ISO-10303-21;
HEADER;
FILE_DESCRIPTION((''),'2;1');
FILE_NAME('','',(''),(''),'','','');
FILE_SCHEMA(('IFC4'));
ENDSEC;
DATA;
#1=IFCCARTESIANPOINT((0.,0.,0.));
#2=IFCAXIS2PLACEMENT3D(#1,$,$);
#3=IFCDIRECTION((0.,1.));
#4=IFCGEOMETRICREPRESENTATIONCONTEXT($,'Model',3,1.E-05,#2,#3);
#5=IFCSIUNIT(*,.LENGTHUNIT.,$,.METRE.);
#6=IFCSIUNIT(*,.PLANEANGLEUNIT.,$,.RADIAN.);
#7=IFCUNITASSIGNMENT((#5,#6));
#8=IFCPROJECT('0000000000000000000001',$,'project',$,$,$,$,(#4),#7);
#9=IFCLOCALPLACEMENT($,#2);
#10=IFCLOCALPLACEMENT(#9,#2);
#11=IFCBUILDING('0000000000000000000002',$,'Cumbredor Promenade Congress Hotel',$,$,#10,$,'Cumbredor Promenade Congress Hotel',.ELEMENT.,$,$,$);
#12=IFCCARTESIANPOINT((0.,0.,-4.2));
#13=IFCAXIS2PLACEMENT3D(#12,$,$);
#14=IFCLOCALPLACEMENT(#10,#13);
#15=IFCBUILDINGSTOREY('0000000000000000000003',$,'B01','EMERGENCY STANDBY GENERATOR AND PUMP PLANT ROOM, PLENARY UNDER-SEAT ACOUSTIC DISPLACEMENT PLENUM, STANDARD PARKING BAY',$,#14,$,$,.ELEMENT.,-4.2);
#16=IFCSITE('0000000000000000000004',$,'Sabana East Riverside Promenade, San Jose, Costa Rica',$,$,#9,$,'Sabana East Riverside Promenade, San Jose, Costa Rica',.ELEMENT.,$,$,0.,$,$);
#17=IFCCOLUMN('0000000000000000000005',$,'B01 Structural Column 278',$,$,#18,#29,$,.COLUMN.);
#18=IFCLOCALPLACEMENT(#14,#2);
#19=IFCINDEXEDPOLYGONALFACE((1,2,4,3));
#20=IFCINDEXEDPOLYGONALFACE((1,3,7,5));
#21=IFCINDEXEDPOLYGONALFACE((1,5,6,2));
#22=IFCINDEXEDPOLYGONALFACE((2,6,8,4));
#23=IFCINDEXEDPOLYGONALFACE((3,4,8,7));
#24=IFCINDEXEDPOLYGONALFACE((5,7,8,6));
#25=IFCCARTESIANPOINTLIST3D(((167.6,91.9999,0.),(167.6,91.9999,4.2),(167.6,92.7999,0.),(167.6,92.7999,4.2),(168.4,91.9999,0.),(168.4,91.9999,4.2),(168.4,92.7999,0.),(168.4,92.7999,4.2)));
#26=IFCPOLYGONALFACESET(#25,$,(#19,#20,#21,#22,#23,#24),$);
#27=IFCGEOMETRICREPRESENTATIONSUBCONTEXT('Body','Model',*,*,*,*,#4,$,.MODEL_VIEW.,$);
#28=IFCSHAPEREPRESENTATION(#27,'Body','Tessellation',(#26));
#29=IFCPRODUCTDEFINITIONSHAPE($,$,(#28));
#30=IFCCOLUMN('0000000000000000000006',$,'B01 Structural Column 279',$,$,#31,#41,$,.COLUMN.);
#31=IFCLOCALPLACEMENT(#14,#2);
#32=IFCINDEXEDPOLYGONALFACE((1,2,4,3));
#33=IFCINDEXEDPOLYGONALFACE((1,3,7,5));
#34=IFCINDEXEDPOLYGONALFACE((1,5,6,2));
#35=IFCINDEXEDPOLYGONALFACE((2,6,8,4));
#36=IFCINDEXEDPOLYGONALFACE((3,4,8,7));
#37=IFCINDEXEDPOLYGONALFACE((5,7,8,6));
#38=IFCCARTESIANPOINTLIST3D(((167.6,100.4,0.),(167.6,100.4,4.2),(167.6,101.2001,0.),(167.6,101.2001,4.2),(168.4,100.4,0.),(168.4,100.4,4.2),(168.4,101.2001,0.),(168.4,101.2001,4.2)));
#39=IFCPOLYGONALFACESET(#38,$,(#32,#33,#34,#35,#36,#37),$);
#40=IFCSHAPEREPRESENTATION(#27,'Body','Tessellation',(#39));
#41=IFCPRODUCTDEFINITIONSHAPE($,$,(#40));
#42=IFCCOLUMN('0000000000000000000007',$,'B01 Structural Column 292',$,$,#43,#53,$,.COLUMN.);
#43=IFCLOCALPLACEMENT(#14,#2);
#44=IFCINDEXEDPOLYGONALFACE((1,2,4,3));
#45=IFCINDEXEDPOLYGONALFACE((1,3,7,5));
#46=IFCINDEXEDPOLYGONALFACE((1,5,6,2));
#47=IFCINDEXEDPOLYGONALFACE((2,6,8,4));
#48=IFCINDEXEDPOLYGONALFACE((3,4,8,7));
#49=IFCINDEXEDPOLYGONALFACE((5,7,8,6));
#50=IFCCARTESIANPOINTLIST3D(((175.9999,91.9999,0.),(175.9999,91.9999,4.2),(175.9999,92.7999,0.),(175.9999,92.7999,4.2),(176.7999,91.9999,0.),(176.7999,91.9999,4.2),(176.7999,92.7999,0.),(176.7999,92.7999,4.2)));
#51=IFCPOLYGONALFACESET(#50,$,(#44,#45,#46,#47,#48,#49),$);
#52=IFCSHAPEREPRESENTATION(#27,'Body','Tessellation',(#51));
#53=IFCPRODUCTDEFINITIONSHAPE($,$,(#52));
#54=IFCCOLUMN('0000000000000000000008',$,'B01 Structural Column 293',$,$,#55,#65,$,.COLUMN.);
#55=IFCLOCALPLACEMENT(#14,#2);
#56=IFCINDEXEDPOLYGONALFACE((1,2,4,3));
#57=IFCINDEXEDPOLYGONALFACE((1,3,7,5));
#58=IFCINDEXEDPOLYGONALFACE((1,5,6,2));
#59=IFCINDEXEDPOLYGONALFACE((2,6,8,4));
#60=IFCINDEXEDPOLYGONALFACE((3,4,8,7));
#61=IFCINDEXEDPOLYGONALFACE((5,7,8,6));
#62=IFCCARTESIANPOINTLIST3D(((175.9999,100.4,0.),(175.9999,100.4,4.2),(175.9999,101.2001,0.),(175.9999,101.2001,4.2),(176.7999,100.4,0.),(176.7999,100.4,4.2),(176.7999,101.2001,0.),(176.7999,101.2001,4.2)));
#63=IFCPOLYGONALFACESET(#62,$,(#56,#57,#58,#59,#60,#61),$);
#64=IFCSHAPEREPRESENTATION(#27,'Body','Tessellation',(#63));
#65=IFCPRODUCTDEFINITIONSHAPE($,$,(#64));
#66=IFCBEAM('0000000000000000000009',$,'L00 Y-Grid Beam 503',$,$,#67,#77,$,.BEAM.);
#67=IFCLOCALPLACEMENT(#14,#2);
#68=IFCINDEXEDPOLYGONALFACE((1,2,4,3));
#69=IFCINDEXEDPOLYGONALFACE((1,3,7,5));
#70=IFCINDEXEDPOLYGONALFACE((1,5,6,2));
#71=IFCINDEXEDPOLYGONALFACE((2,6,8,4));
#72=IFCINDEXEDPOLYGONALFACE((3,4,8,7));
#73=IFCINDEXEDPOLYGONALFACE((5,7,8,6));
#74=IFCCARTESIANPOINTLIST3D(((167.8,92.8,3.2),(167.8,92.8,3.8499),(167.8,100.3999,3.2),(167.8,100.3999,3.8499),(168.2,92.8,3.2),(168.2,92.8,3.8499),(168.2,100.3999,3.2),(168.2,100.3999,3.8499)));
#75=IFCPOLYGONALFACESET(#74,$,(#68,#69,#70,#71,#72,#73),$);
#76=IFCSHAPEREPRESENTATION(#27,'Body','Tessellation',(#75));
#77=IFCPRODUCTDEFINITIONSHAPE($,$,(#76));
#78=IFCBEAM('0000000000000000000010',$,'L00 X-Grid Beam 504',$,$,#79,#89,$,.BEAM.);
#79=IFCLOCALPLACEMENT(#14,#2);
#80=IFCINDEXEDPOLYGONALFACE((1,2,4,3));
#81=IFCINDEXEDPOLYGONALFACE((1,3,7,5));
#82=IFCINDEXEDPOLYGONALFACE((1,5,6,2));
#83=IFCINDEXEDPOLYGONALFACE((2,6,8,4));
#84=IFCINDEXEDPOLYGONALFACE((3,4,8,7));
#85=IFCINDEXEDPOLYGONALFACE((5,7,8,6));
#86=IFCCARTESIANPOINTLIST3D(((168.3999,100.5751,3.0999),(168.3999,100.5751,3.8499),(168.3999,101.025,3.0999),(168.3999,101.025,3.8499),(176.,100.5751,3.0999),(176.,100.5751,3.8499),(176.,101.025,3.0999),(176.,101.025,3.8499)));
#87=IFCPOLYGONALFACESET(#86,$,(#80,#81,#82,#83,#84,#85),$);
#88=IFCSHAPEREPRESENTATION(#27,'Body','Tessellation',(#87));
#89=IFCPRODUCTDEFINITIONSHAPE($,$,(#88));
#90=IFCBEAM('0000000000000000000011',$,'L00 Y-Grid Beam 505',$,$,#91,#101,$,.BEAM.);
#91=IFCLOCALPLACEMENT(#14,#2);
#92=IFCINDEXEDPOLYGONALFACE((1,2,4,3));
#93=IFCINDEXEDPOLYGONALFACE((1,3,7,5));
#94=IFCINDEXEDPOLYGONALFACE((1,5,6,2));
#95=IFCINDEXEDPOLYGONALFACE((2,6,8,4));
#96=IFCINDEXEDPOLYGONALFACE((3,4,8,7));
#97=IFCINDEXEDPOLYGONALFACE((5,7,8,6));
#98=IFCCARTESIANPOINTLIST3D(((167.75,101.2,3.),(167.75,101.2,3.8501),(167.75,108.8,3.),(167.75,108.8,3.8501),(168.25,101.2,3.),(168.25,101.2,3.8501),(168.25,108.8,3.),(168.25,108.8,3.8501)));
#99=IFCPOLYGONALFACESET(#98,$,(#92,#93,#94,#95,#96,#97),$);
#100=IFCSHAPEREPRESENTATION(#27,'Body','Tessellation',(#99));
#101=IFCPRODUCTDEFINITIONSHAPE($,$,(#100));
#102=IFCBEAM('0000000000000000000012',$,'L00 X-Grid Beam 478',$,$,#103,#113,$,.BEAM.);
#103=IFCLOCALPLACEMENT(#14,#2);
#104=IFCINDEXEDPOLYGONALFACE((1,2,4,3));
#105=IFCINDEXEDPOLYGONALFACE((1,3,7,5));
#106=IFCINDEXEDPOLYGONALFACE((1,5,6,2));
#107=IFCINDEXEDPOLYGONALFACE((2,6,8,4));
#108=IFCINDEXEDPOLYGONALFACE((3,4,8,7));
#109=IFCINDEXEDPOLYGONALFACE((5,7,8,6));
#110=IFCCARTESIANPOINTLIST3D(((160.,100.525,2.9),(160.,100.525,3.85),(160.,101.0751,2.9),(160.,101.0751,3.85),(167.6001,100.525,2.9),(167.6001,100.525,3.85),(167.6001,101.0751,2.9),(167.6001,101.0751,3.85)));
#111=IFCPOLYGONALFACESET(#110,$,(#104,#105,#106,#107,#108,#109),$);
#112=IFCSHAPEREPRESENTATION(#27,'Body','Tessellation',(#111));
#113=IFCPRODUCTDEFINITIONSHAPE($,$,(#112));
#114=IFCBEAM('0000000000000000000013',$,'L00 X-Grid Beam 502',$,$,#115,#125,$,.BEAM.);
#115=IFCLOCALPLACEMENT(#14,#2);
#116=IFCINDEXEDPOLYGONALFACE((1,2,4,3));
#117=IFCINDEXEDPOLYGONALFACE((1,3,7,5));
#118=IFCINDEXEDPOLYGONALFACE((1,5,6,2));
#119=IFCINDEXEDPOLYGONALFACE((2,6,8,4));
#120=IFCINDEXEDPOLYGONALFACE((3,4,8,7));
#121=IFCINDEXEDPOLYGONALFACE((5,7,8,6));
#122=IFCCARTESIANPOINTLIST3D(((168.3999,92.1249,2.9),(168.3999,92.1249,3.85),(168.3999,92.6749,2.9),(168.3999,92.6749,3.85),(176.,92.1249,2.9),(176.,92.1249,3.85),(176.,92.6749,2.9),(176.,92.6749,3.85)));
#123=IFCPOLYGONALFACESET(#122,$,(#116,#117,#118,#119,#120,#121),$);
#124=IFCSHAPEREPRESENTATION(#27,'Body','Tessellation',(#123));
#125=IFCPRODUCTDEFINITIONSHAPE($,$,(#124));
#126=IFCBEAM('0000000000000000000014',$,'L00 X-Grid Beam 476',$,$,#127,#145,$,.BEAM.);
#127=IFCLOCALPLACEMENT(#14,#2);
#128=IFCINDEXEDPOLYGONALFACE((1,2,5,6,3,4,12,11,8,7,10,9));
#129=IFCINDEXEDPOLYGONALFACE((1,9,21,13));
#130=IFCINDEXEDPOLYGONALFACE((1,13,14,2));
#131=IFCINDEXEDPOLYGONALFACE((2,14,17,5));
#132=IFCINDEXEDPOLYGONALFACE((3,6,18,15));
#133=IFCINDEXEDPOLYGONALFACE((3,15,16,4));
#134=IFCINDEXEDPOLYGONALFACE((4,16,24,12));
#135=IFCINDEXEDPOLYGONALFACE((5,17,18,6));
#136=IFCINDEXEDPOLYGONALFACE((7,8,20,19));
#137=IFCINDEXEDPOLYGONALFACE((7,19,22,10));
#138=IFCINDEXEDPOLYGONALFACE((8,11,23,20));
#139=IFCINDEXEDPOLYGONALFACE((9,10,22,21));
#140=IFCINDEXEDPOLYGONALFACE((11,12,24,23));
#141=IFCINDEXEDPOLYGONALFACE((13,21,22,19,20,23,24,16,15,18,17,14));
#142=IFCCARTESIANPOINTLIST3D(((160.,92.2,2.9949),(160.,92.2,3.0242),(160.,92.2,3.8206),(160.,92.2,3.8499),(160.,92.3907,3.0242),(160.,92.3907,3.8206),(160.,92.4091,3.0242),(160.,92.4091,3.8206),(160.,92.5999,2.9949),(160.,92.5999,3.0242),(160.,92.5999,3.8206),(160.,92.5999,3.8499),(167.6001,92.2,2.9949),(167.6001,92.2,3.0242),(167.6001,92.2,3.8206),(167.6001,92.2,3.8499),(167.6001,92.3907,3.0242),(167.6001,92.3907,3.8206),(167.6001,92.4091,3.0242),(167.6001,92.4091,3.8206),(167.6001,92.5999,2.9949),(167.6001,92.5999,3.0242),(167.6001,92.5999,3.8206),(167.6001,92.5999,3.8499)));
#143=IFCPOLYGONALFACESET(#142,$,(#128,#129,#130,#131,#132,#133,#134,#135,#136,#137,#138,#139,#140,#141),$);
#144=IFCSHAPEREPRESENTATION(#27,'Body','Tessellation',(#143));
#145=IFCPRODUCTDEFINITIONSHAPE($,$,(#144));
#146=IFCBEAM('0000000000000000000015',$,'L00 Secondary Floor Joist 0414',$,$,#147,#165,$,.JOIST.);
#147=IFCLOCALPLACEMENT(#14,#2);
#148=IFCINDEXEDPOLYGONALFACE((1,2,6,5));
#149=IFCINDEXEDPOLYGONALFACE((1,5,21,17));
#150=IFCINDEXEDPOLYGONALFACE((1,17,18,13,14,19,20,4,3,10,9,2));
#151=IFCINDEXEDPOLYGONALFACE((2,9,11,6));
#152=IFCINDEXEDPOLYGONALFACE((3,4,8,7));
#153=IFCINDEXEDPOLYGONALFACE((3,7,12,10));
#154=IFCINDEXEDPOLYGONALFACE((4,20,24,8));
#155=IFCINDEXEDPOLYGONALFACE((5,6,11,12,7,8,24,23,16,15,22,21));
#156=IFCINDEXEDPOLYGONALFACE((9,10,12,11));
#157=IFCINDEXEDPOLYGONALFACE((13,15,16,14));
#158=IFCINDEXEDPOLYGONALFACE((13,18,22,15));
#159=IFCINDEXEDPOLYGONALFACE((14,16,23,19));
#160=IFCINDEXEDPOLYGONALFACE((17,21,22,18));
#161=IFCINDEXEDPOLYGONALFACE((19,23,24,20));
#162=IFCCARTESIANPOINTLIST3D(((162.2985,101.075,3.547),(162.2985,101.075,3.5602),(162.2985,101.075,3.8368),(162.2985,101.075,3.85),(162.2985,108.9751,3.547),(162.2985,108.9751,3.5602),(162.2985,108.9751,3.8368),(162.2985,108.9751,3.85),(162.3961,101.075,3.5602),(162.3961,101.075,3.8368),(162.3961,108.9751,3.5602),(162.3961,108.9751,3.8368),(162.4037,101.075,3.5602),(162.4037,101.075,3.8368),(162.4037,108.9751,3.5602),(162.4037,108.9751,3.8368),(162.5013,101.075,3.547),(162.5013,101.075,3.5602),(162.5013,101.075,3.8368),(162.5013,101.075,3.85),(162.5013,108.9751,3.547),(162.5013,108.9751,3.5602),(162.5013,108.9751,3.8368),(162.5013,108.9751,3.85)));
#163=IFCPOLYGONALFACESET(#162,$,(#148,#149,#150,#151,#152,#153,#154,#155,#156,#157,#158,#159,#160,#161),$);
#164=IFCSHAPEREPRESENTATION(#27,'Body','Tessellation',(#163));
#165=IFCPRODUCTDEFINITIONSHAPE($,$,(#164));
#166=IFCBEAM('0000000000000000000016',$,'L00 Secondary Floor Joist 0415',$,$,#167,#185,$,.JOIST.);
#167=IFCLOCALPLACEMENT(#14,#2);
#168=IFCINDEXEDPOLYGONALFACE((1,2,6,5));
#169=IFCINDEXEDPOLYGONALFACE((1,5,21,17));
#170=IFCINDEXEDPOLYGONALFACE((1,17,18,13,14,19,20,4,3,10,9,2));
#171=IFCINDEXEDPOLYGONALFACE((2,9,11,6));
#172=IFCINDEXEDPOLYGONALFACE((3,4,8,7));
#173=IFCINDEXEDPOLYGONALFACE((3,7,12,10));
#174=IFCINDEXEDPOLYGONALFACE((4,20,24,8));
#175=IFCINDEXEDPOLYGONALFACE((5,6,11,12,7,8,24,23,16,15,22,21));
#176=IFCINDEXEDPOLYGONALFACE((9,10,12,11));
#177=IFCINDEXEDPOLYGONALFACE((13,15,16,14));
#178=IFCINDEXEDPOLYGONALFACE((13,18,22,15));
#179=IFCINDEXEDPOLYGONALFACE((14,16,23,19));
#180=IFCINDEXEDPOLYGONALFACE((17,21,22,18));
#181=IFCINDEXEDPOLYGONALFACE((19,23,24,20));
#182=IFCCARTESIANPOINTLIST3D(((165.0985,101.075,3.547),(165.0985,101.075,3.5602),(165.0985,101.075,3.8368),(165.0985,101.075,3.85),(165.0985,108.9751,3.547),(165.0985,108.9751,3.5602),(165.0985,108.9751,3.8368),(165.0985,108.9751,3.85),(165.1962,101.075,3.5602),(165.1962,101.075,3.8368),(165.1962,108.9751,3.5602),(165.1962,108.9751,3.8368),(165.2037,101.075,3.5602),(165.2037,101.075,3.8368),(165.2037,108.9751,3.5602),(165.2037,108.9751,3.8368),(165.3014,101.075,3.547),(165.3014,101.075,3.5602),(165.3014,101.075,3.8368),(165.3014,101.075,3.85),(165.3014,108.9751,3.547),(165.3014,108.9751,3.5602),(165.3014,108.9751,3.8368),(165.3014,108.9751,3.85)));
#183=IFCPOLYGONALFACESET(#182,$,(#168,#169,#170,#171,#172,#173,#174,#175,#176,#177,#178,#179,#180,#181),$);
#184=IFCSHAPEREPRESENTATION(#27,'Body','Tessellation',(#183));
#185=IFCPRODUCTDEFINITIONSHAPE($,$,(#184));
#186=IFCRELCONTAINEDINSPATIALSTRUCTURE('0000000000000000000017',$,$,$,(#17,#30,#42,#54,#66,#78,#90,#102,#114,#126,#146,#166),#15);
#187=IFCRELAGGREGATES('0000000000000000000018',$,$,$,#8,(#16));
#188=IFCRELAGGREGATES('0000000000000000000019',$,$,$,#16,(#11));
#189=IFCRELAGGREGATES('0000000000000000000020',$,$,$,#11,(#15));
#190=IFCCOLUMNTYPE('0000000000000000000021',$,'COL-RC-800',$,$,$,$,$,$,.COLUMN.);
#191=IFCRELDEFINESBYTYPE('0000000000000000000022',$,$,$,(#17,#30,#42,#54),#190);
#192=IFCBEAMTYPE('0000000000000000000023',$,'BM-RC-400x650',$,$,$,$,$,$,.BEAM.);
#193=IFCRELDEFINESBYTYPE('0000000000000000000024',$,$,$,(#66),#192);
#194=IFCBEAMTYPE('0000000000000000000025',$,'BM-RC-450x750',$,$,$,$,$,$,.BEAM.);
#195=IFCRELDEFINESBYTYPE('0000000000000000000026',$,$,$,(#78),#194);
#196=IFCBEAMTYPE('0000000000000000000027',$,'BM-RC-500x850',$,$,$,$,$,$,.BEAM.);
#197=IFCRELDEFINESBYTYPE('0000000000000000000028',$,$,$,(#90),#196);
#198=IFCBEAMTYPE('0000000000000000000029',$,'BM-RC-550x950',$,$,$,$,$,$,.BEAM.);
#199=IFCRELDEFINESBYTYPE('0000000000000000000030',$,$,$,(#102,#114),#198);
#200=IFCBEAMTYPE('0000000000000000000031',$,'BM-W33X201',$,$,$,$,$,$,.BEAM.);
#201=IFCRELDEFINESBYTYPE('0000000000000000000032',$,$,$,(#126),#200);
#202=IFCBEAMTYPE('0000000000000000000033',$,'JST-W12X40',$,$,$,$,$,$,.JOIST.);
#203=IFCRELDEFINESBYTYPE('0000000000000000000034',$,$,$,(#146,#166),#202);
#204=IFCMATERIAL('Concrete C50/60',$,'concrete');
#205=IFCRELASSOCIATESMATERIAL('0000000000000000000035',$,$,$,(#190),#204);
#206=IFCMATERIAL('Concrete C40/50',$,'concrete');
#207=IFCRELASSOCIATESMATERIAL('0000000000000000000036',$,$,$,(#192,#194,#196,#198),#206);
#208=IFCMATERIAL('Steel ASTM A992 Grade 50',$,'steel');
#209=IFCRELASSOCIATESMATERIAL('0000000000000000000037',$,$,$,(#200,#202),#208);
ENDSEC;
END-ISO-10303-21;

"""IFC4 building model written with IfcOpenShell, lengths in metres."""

from ifc_helpers import new_model, si_unit, direction, frame, origin, origin_2d, place, context, subcontext, project, spatial, rectangle, i_section, extrude, material, material_profile, profile_set, type_object, element, save


model = new_model("IFC4")

# Units and contexts
model_context = context("Model", 3, precision=1e-05, world=origin(), true_north=direction((0.0, 1.0)))
body_context = subcontext(model_context, "Body", "Model", "MODEL_VIEW")
ifc_project = project(units=[si_unit("LENGTHUNIT", "METRE"), si_unit("PLANEANGLEUNIT", "RADIAN")], contexts=[model_context])

# Site, building, storey
site_placement = place(None, origin())
site = spatial("IfcSite", under=ifc_project, at=site_placement, Name="Sabana East Riverside Promenade, San Jose, Costa Rica", LongName="Sabana East Riverside Promenade, San Jose, Costa Rica", CompositionType="ELEMENT", RefElevation=0.0)
building_placement = place(site_placement, origin())
building = spatial("IfcBuilding", under=site, at=building_placement, Name="Cumbredor Promenade Congress Hotel", LongName="Cumbredor Promenade Congress Hotel", CompositionType="ELEMENT")
storey_placement = place(building_placement, frame((0.0, 0.0, -4.2)))
storey = spatial("IfcBuildingStorey", under=building, at=storey_placement, Name="B01", Description="EMERGENCY STANDBY GENERATOR AND PUMP PLANT ROOM, PLENARY UNDER-SEAT ACOUSTIC DISPLACEMENT PLENUM, STANDARD PARKING BAY", CompositionType="ELEMENT", Elevation=-4.2)

# Columns
ifc_material_1 = material(Name="Concrete C50/60", Category="concrete")
ifc_material_profile_1 = material_profile(ifc_material_1, rectangle(XDim=0.8, YDim=0.8, at=origin_2d()), Name="RC 800x800")
ifc_profile_set_1 = profile_set([ifc_material_profile_1], Name="Concrete C50/60")
column_type = type_object("IfcColumnType", Name="COL-RC-800", PredefinedType="COLUMN", material=ifc_profile_set_1)
for number, where, z_axis, x_axis, name in (
    (1, (168.0, 92.3999, 0.0), (0.0, 0.0, 1.0), (1.0, 0.0, 0.0), "B01 Structural Column 278"),
    (2, (168.0, 100.8, 0.0), (0.0, 0.0, 1.0), (1.0, 0.0, 0.0), "B01 Structural Column 279"),
    (3, (176.3999, 92.3999, 0.0), (0.0, 0.0, 1.0), (1.0, 0.0, 0.0), "B01 Structural Column 292"),
    (4, (176.3999, 100.8, 0.0), (0.0, 0.0, 1.0), (1.0, 0.0, 0.0), "B01 Structural Column 293"),
):
    element("IfcColumn", number, at=place(storey_placement, frame(where, z_axis=z_axis, x_axis=x_axis)), inside=storey, type_object=column_type, Name=name, PredefinedType="COLUMN", context=body_context, shape_type="SweptSolid", body=[
        extrude(rectangle(XDim=0.8, YDim=0.8, at=origin_2d()), origin(), (0.0, 0.0, 1.0), 4.2),
    ])

# Beams
ifc_material_2 = material(Name="Concrete C40/50", Category="concrete")
ifc_material_profile_2 = material_profile(ifc_material_2, rectangle(XDim=0.3999, YDim=0.6499, at=origin_2d()), Name="RC BEAM 400x650")
ifc_profile_set_2 = profile_set([ifc_material_profile_2], Name="Concrete C40/50")
beam_type_1 = type_object("IfcBeamType", Name="BM-RC-400x650", PredefinedType="BEAM", material=ifc_profile_set_2)
beam_1_placement = place(storey_placement, frame((168.0, 92.8, 3.5249), z_axis=(0.0, 1.0, 0.0), x_axis=(-1.0, 0.0, 0.0)))
element("IfcBeam", 5, at=beam_1_placement, inside=storey, type_object=beam_type_1, Name="L00 Y-Grid Beam 503", PredefinedType="BEAM", context=body_context, shape_type="SweptSolid", body=[
    extrude(rectangle(XDim=0.3999, YDim=0.6499, at=origin_2d()), origin(), (0.0, 0.0, 1.0), 7.5999),
])
ifc_material_profile_3 = material_profile(ifc_material_2, rectangle(XDim=0.45, YDim=0.75, at=origin_2d()), Name="RC BEAM 450x750")
ifc_profile_set_3 = profile_set([ifc_material_profile_3], Name="Concrete C40/50")
beam_type_2 = type_object("IfcBeamType", Name="BM-RC-450x750", PredefinedType="BEAM", material=ifc_profile_set_3)
beam_2_placement = place(storey_placement, frame((168.3999, 100.8, 3.4749), z_axis=(1.0, 0.0, 0.0), x_axis=(0.0, 1.0, 0.0)))
element("IfcBeam", 6, at=beam_2_placement, inside=storey, type_object=beam_type_2, Name="L00 X-Grid Beam 504", PredefinedType="BEAM", context=body_context, shape_type="SweptSolid", body=[
    extrude(rectangle(XDim=0.45, YDim=0.75, at=origin_2d()), origin(), (0.0, 0.0, 1.0), 7.6001),
])
ifc_material_profile_4 = material_profile(ifc_material_2, rectangle(XDim=0.5, YDim=0.8501, at=origin_2d()), Name="RC BEAM 500x850")
ifc_profile_set_4 = profile_set([ifc_material_profile_4], Name="Concrete C40/50")
beam_type_3 = type_object("IfcBeamType", Name="BM-RC-500x850", PredefinedType="BEAM", material=ifc_profile_set_4)
beam_3_placement = place(storey_placement, frame((168.0, 101.2, 3.425), z_axis=(0.0, 1.0, 0.0), x_axis=(-1.0, 0.0, 0.0)))
element("IfcBeam", 7, at=beam_3_placement, inside=storey, type_object=beam_type_3, Name="L00 Y-Grid Beam 505", PredefinedType="BEAM", context=body_context, shape_type="SweptSolid", body=[
    extrude(rectangle(XDim=0.5, YDim=0.8501, at=origin_2d()), origin(), (0.0, 0.0, 1.0), 7.6001),
])
ifc_material_profile_5 = material_profile(ifc_material_2, rectangle(XDim=0.55, YDim=0.95, at=origin_2d()), Name="RC BEAM 550x950")
ifc_profile_set_5 = profile_set([ifc_material_profile_5], Name="Concrete C40/50")
beam_type_4 = type_object("IfcBeamType", Name="BM-RC-550x950", PredefinedType="BEAM", material=ifc_profile_set_5)
for number, where, z_axis, x_axis, name in (
    (8, (160.0, 100.8, 3.375), (1.0, 0.0, 0.0), (0.0, 1.0, 0.0), "L00 X-Grid Beam 478"),
    (9, (168.3999, 92.3999, 3.375), (1.0, 0.0, 0.0), (0.0, 1.0, 0.0), "L00 X-Grid Beam 502"),
):
    element("IfcBeam", number, at=place(storey_placement, frame(where, z_axis=z_axis, x_axis=x_axis)), inside=storey, type_object=beam_type_4, Name=name, PredefinedType="BEAM", context=body_context, shape_type="SweptSolid", body=[
        extrude(rectangle(XDim=0.55, YDim=0.95, at=origin_2d()), origin(), (0.0, 0.0, 1.0), 7.6001),
    ])
ifc_material_3 = material(Name="Steel ASTM A992 Grade 50", Category="steel")
ifc_material_profile_6 = material_profile(ifc_material_3, i_section(OverallWidth=0.3999, OverallDepth=0.855, WebThickness=0.0183, FlangeThickness=0.0293, at=origin_2d()), Name="W33X201")
ifc_profile_set_6 = profile_set([ifc_material_profile_6], Name="Steel ASTM A992 Grade 50")
beam_type_5 = type_object("IfcBeamType", Name="BM-W33X201", PredefinedType="BEAM", material=ifc_profile_set_6)
beam_4_placement = place(storey_placement, frame((160.0, 92.3999, 3.4224), z_axis=(1.0, 0.0, 0.0), x_axis=(0.0, 1.0, 0.0)))
element("IfcBeam", 10, at=beam_4_placement, inside=storey, type_object=beam_type_5, Name="L00 X-Grid Beam 476", PredefinedType="BEAM", context=body_context, shape_type="SweptSolid", body=[
    extrude(i_section(OverallWidth=0.3999, OverallDepth=0.855, WebThickness=0.0183, FlangeThickness=0.0293, at=origin_2d()), origin(), (0.0, 0.0, 1.0), 7.6001),
])
ifc_material_profile_7 = material_profile(ifc_material_3, i_section(OverallWidth=0.2029, OverallDepth=0.303, WebThickness=0.0076, FlangeThickness=0.0132, at=origin_2d()), Name="W12X40")
ifc_profile_set_7 = profile_set([ifc_material_profile_7], Name="Steel ASTM A992 Grade 50")
beam_type_6 = type_object("IfcBeamType", Name="JST-W12X40", PredefinedType="JOIST", material=ifc_profile_set_7)
for number, where, z_axis, x_axis, name in (
    (11, (162.3999, 101.075, 3.6985), (0.0, 1.0, 0.0), (-1.0, 0.0, 0.0), "L00 Secondary Floor Joist 0414"),
    (12, (165.2, 101.075, 3.6985), (0.0, 1.0, 0.0), (-1.0, 0.0, 0.0), "L00 Secondary Floor Joist 0415"),
):
    element("IfcBeam", number, at=place(storey_placement, frame(where, z_axis=z_axis, x_axis=x_axis)), inside=storey, type_object=beam_type_6, Name=name, PredefinedType="JOIST", context=body_context, shape_type="SweptSolid", body=[
        extrude(i_section(OverallWidth=0.2029, OverallDepth=0.303, WebThickness=0.0076, FlangeThickness=0.0132, at=origin_2d()), origin(), (0.0, 0.0, 1.0), 7.9001),
    ])

save(model, "model.ifc")
